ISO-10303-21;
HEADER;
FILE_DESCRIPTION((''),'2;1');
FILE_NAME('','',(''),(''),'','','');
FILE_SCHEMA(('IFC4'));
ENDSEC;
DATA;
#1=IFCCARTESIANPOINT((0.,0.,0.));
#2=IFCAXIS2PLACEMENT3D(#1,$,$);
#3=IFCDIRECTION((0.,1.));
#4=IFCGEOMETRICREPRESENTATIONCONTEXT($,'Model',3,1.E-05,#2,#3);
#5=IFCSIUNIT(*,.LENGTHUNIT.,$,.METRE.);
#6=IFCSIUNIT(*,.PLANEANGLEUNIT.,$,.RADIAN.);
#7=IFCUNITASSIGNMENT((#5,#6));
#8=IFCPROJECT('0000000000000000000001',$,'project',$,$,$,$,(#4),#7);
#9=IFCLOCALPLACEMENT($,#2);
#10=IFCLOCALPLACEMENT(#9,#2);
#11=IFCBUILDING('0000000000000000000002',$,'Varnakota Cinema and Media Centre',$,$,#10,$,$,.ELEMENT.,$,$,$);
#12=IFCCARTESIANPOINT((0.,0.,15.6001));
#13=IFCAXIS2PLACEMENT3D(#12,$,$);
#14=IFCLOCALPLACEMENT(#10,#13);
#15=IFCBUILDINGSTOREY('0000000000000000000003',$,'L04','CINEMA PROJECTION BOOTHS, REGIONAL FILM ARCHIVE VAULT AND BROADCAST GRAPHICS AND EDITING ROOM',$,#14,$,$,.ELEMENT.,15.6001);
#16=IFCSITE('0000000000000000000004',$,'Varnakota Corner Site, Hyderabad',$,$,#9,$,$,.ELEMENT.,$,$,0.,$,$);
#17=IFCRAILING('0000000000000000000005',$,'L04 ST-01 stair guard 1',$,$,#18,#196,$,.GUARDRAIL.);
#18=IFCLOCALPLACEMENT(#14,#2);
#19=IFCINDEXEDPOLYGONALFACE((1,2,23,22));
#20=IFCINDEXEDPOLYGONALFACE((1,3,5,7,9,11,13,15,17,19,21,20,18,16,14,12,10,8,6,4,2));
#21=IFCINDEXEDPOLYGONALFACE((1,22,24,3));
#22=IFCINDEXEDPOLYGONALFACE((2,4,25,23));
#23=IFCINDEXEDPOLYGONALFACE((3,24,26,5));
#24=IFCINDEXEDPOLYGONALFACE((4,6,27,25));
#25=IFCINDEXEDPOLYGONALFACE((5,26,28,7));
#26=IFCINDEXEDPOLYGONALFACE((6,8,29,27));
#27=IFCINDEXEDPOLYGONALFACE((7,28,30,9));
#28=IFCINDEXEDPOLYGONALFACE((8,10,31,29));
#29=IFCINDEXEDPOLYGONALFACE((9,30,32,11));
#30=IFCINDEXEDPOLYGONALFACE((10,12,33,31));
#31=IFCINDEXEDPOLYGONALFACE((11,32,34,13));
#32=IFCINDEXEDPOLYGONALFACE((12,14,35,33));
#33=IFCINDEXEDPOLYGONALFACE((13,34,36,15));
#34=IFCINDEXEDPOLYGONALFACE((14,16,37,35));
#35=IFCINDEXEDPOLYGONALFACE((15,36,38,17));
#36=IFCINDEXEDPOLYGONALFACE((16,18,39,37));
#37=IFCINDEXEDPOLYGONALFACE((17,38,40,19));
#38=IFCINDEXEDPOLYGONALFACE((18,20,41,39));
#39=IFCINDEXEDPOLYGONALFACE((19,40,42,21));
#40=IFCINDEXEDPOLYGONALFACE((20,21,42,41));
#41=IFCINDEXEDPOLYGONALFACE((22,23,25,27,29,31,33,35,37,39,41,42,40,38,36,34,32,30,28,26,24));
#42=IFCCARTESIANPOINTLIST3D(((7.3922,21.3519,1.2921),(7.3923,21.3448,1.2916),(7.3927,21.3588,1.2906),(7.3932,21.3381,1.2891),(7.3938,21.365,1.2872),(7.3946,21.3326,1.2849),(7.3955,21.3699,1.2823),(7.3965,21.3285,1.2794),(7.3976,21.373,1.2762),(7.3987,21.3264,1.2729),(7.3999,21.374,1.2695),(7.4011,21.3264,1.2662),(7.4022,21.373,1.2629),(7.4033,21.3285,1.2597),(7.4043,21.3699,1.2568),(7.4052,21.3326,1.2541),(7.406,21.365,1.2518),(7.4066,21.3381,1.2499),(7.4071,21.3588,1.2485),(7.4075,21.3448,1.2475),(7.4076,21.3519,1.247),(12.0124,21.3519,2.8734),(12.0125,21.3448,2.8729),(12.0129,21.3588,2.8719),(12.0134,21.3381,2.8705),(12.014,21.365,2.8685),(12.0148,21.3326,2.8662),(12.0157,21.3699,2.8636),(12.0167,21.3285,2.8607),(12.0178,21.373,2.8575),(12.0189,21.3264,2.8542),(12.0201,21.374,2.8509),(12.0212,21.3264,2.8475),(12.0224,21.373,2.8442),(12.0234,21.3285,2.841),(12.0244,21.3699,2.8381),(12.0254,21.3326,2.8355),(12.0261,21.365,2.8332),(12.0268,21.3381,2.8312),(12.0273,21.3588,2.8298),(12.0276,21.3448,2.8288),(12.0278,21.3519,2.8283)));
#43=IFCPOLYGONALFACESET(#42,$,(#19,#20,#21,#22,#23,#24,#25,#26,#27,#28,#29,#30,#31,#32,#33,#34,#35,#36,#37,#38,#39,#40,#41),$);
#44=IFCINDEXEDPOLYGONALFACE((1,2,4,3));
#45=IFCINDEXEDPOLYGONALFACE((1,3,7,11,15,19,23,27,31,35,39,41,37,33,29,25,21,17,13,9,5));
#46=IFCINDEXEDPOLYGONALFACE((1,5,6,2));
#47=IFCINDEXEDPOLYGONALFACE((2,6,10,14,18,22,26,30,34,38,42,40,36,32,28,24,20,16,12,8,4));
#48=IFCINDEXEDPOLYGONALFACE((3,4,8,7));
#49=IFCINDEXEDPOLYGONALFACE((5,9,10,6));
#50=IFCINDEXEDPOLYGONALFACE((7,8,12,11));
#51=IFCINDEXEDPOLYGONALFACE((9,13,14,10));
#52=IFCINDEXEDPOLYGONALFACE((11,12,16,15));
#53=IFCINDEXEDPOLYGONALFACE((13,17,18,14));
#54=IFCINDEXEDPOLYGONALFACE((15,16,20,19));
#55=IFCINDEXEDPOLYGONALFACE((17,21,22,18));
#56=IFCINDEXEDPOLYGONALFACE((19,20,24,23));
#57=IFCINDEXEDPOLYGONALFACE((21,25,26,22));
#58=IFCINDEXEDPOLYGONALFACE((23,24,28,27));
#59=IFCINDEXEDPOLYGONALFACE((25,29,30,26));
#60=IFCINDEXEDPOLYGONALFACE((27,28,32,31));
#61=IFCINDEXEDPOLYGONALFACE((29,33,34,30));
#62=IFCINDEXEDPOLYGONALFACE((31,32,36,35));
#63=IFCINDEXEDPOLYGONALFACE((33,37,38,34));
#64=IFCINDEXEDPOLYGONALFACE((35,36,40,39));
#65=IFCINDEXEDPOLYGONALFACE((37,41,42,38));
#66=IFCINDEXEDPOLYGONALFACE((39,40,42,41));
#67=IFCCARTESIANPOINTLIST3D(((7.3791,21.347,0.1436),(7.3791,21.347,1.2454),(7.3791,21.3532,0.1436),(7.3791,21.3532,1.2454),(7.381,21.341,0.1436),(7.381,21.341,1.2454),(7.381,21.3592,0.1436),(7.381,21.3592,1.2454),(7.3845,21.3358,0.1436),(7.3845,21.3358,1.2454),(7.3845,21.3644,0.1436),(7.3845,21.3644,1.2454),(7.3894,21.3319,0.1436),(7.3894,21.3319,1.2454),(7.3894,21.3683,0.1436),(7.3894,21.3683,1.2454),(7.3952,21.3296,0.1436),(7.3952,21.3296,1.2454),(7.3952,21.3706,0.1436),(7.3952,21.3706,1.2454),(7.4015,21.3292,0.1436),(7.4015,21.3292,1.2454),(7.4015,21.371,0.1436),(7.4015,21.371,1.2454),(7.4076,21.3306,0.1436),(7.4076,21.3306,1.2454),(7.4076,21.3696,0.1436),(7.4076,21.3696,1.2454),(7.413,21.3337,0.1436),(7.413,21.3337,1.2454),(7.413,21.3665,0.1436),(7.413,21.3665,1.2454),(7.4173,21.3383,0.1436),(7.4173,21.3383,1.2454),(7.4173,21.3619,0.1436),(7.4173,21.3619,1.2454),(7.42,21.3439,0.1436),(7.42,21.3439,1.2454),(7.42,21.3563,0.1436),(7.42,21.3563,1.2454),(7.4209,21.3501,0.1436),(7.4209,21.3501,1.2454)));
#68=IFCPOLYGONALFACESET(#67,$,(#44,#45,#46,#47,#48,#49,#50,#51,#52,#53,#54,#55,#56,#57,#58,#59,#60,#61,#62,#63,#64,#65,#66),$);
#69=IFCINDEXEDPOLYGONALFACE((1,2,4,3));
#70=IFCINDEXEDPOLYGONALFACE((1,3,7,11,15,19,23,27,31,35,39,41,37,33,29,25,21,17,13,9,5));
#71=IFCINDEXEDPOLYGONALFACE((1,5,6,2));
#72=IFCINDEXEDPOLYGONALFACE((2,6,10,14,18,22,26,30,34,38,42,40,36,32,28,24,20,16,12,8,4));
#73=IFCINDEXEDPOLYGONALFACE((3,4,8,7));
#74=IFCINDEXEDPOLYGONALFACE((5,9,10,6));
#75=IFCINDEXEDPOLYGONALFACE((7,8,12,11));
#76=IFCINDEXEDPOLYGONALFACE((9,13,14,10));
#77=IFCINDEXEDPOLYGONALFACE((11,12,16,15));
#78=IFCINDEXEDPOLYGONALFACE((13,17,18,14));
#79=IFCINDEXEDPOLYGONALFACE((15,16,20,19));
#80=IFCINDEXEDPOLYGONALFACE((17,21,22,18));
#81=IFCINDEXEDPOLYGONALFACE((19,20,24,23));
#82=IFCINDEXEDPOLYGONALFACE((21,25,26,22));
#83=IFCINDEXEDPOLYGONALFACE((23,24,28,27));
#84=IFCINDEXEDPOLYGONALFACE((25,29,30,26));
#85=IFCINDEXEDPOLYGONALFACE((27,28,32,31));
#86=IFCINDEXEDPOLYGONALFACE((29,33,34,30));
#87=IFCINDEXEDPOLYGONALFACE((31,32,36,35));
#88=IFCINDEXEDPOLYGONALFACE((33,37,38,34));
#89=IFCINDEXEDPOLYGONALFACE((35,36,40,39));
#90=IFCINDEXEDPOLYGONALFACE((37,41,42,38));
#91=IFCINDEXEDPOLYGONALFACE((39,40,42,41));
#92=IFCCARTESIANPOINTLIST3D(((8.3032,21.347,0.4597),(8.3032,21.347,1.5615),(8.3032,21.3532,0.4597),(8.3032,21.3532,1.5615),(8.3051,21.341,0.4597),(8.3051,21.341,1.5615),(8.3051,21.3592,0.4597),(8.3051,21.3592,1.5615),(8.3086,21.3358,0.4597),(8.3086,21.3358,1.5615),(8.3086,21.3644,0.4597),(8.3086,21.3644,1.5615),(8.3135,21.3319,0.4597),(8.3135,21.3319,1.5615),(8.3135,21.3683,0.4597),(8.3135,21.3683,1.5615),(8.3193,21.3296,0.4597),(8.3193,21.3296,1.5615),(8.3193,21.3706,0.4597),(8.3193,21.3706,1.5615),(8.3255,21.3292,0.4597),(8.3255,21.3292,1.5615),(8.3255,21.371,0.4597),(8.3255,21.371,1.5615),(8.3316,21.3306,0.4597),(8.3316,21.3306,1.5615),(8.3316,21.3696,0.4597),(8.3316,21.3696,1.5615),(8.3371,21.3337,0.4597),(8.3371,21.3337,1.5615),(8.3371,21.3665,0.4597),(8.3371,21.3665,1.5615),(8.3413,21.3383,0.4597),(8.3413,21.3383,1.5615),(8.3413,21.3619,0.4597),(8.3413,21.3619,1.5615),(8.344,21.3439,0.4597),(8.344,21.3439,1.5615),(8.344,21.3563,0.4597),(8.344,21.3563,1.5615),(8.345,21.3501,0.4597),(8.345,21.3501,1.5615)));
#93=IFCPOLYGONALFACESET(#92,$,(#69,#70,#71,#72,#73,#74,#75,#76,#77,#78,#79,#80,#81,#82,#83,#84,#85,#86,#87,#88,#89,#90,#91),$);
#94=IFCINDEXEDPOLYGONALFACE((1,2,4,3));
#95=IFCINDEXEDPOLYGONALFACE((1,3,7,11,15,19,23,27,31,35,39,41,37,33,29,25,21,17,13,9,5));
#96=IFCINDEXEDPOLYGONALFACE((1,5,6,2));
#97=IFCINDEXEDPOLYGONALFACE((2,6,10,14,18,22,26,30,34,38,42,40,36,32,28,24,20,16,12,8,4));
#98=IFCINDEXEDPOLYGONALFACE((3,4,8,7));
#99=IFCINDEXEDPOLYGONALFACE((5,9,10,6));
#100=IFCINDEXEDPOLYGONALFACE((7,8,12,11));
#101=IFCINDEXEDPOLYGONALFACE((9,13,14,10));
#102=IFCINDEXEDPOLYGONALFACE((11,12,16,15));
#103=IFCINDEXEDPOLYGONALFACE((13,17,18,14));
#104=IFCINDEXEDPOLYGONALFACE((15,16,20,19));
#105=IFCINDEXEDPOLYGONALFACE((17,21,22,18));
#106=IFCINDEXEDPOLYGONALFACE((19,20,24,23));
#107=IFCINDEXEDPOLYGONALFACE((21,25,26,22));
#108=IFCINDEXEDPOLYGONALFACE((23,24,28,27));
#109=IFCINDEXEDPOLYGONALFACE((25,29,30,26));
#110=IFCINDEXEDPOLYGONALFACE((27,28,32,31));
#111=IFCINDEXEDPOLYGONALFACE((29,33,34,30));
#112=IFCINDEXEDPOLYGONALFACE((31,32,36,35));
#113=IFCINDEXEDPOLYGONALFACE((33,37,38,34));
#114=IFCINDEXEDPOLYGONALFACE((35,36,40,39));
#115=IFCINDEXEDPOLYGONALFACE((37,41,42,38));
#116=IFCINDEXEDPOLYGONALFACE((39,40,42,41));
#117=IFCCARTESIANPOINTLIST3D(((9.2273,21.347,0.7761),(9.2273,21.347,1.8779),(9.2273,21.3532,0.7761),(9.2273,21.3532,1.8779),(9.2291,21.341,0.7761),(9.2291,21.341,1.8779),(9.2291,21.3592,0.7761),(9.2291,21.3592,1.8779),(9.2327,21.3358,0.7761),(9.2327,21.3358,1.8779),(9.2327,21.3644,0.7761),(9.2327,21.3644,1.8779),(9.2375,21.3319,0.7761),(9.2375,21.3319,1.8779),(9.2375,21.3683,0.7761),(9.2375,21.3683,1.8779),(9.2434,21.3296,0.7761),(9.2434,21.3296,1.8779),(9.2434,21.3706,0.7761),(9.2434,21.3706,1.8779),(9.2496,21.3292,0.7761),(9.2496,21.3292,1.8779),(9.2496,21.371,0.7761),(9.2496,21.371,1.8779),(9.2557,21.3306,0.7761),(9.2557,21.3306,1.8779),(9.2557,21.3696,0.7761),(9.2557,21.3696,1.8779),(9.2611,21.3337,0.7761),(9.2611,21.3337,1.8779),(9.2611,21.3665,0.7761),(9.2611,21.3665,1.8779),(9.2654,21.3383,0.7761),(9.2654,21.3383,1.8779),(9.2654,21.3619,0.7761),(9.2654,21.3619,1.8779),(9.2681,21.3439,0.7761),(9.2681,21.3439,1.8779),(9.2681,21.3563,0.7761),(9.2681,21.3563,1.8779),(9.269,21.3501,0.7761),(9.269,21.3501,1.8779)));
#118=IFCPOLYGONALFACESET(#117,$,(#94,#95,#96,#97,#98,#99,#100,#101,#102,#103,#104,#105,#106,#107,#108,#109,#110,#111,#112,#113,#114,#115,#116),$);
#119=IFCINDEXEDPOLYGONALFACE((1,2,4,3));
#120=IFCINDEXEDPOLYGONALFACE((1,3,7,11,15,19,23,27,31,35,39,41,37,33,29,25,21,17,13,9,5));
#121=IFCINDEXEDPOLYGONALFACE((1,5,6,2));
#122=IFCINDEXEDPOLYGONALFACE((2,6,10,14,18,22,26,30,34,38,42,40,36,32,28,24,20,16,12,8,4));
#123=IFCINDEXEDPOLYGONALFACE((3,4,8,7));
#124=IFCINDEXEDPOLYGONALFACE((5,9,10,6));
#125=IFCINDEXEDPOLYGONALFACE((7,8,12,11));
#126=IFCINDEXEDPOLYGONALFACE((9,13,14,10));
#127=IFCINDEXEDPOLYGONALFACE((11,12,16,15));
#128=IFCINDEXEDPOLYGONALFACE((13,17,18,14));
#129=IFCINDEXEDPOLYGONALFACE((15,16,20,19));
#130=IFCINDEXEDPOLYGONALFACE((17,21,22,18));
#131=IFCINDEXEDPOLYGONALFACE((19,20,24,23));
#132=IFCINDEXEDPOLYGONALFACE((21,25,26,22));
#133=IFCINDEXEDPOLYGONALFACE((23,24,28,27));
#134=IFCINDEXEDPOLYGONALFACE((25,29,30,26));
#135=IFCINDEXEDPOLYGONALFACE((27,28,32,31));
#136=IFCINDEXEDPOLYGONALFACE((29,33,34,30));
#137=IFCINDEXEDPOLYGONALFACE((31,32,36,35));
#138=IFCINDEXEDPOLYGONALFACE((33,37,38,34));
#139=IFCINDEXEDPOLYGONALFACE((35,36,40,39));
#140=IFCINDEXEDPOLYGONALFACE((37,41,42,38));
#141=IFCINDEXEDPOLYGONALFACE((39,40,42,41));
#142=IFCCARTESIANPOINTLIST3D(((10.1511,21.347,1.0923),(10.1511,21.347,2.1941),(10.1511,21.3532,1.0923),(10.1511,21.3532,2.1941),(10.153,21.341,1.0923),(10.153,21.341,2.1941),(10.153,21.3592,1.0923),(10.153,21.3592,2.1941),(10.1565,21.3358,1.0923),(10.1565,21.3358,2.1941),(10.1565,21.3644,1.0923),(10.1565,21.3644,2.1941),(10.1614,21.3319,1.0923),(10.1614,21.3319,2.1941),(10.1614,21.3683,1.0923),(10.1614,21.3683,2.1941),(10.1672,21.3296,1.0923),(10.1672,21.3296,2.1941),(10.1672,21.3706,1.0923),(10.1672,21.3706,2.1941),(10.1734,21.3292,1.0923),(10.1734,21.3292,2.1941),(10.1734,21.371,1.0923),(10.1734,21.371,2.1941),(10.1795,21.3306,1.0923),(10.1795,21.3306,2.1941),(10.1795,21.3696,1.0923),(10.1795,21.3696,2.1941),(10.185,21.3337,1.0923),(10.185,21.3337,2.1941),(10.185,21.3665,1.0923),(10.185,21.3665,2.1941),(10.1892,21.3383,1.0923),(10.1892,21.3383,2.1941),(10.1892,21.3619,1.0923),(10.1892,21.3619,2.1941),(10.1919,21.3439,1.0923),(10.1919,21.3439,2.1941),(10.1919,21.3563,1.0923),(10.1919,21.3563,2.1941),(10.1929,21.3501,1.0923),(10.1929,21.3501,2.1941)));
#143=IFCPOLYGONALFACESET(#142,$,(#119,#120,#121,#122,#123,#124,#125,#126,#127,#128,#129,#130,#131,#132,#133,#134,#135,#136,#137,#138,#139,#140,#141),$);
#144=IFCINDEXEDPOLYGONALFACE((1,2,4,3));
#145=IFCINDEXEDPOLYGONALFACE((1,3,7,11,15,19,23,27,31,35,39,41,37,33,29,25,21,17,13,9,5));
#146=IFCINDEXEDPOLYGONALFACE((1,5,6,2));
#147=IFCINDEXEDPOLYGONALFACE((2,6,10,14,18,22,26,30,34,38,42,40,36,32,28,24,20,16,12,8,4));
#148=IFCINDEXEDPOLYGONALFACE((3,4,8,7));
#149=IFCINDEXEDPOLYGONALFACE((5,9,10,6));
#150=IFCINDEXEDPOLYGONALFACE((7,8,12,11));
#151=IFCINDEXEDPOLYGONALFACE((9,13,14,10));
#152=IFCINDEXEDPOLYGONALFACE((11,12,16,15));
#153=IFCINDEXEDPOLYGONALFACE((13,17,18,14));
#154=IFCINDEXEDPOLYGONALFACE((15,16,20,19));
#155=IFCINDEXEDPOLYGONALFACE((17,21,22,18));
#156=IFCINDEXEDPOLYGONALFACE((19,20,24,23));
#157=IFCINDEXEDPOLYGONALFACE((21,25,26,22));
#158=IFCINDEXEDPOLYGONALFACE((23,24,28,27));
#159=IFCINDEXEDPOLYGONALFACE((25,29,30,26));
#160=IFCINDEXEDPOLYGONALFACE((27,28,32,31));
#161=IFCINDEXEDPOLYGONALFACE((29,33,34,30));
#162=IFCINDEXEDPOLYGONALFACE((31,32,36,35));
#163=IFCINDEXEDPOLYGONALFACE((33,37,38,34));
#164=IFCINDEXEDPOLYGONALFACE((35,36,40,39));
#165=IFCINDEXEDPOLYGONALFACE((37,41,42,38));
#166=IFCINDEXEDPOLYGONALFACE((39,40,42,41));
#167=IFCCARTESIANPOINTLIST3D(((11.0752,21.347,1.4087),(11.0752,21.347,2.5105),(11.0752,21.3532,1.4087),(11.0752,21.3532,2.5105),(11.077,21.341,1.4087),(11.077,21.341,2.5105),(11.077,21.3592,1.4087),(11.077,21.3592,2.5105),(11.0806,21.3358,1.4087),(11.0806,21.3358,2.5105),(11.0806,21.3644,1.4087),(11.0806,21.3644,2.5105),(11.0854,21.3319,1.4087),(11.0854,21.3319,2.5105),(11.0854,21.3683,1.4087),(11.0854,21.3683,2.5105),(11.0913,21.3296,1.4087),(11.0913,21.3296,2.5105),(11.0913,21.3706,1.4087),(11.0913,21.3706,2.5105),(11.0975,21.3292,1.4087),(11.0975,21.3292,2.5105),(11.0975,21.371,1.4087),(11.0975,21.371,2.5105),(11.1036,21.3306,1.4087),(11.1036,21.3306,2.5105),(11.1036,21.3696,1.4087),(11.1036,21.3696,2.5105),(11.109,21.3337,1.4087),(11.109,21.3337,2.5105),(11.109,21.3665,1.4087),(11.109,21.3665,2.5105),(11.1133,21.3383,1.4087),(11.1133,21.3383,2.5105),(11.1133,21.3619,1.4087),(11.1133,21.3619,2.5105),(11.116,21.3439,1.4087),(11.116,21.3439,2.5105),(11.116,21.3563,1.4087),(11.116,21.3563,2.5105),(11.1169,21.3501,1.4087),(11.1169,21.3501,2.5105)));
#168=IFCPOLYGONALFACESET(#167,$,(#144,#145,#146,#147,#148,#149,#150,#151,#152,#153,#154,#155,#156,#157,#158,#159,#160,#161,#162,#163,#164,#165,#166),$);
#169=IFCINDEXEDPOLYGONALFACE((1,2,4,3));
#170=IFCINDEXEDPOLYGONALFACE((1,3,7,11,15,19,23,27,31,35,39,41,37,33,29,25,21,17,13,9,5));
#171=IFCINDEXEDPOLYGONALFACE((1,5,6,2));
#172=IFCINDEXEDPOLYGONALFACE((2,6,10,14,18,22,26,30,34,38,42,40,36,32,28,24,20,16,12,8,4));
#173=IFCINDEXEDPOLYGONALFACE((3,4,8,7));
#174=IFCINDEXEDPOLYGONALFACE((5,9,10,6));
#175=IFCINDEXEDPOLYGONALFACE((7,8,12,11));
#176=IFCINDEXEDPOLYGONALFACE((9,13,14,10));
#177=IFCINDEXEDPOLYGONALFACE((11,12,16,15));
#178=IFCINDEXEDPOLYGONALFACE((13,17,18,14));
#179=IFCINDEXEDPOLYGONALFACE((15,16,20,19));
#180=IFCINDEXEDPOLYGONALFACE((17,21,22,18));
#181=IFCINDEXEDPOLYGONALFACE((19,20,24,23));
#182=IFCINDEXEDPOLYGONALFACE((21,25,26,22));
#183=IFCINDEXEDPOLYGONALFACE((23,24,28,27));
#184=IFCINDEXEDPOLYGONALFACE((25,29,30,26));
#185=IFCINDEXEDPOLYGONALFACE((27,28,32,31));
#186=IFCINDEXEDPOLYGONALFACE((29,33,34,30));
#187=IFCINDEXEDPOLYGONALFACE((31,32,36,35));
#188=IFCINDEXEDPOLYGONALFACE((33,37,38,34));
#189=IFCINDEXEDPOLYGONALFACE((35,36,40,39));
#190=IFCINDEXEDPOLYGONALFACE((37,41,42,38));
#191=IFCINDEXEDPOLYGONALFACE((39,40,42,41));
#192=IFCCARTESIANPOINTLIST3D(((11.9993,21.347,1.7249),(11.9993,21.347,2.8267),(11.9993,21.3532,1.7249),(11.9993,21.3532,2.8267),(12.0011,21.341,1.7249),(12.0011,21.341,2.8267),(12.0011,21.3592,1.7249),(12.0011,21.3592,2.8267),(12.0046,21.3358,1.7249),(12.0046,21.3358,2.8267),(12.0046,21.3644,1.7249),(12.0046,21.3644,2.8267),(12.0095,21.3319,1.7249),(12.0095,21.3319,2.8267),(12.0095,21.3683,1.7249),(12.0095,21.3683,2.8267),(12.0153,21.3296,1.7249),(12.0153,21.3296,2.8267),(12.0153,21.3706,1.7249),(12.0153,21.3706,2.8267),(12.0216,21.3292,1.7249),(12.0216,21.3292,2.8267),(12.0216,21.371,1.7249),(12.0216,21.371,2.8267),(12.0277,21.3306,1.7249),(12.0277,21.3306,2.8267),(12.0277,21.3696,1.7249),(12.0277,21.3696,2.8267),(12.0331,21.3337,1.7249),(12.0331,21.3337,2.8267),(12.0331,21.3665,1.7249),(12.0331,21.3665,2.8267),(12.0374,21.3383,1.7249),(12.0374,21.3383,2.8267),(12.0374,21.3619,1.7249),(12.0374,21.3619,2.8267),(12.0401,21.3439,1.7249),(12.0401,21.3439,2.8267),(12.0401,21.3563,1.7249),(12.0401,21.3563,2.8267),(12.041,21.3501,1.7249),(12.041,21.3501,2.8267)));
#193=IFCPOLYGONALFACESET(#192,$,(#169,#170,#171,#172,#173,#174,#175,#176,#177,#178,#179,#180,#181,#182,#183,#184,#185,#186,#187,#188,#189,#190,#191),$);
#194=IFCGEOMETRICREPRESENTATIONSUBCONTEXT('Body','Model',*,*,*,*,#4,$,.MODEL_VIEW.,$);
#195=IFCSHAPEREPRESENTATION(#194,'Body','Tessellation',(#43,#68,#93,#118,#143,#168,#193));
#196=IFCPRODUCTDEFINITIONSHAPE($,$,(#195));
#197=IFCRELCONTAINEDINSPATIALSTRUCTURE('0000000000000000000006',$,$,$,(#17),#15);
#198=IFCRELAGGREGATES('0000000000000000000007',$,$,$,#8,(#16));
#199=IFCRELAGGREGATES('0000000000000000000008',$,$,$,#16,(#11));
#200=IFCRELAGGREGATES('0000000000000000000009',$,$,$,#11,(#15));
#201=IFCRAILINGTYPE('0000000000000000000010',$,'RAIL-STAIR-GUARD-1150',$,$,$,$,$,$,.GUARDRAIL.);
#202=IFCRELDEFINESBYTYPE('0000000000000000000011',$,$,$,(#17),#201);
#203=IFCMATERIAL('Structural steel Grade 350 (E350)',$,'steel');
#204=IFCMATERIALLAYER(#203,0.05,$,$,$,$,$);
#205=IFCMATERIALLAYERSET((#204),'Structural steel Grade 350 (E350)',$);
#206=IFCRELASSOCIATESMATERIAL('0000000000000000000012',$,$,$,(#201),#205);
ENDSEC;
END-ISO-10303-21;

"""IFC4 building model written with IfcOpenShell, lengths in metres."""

from ifc_helpers import new_model, si_unit, direction, frame, origin, origin_2d, place, context, subcontext, project, spatial, circle, extrude, material, layer, layer_set, type_object, element, save


model = new_model("IFC4")

# Units and contexts
model_context = context("Model", 3, precision=1e-05, world=origin(), true_north=direction((0.0, 1.0)))
body_context = subcontext(model_context, "Body", "Model", "MODEL_VIEW")
ifc_project = project(units=[si_unit("LENGTHUNIT", "METRE"), si_unit("PLANEANGLEUNIT", "RADIAN")], contexts=[model_context])

# Site, building, storey
site_placement = place(None, origin())
site = spatial("IfcSite", under=ifc_project, at=site_placement, Name="Varnakota Corner Site, Hyderabad", CompositionType="ELEMENT", RefElevation=0.0)
building_placement = place(site_placement, origin())
building = spatial("IfcBuilding", under=site, at=building_placement, Name="Varnakota Cinema and Media Centre", CompositionType="ELEMENT")
storey_placement = place(building_placement, frame((0.0, 0.0, 15.6001)))
storey = spatial("IfcBuildingStorey", under=building, at=storey_placement, Name="L04", Description="CINEMA PROJECTION BOOTHS, REGIONAL FILM ARCHIVE VAULT AND BROADCAST GRAPHICS AND EDITING ROOM", CompositionType="ELEMENT", Elevation=15.6001)

# Railing
ifc_material_1 = material(Name="Structural steel Grade 350 (E350)", Category="steel")
ifc_layer_1 = layer(ifc_material_1, 0.05)
ifc_layer_set_1 = layer_set([ifc_layer_1], Name="Structural steel Grade 350 (E350)")
railing_type_1 = type_object("IfcRailingType", Name="RAIL-STAIR-GUARD-1150", PredefinedType="GUARDRAIL", material=ifc_layer_set_1)
railing_1_placement = place(storey_placement, frame((7.3999, 21.3501, 0.1436)))
element("IfcRailing", 1, at=railing_1_placement, inside=storey, type_object=railing_type_1, Name="L04 ST-01 stair guard 1", PredefinedType="GUARDRAIL", context=body_context, shape_type="SweptSolid", body=[
    extrude(circle(Radius=0.0239, at=origin_2d()), frame((0.0, 0.0, 1.126), z_axis=(0.946118, 0.0, 0.323822), x_axis=(0.0, 1.0, 0.0)), (0.0, 0.0, 1.0), 4.8833),
    extrude(circle(Radius=0.021, at=origin_2d()), origin(), (0.0, 0.0, 1.0), 1.1018),
    extrude(circle(Radius=0.021, at=origin_2d()), frame((0.9241, 0.0, 0.3162)), (0.0, 0.0, 1.0), 1.1018),
    extrude(circle(Radius=0.021, at=origin_2d()), frame((1.8481, 0.0, 0.6326)), (0.0, 0.0, 1.0), 1.1018),
    extrude(circle(Radius=0.021, at=origin_2d()), frame((2.772, 0.0, 0.9487)), (0.0, 0.0, 1.0), 1.1018),
    extrude(circle(Radius=0.021, at=origin_2d()), frame((3.696, 0.0, 1.2651)), (0.0, 0.0, 1.0), 1.1018),
    extrude(circle(Radius=0.021, at=origin_2d()), frame((4.6201, 0.0, 1.5813)), (0.0, 0.0, 1.0), 1.1018),
])

save(model, "model.ifc")
